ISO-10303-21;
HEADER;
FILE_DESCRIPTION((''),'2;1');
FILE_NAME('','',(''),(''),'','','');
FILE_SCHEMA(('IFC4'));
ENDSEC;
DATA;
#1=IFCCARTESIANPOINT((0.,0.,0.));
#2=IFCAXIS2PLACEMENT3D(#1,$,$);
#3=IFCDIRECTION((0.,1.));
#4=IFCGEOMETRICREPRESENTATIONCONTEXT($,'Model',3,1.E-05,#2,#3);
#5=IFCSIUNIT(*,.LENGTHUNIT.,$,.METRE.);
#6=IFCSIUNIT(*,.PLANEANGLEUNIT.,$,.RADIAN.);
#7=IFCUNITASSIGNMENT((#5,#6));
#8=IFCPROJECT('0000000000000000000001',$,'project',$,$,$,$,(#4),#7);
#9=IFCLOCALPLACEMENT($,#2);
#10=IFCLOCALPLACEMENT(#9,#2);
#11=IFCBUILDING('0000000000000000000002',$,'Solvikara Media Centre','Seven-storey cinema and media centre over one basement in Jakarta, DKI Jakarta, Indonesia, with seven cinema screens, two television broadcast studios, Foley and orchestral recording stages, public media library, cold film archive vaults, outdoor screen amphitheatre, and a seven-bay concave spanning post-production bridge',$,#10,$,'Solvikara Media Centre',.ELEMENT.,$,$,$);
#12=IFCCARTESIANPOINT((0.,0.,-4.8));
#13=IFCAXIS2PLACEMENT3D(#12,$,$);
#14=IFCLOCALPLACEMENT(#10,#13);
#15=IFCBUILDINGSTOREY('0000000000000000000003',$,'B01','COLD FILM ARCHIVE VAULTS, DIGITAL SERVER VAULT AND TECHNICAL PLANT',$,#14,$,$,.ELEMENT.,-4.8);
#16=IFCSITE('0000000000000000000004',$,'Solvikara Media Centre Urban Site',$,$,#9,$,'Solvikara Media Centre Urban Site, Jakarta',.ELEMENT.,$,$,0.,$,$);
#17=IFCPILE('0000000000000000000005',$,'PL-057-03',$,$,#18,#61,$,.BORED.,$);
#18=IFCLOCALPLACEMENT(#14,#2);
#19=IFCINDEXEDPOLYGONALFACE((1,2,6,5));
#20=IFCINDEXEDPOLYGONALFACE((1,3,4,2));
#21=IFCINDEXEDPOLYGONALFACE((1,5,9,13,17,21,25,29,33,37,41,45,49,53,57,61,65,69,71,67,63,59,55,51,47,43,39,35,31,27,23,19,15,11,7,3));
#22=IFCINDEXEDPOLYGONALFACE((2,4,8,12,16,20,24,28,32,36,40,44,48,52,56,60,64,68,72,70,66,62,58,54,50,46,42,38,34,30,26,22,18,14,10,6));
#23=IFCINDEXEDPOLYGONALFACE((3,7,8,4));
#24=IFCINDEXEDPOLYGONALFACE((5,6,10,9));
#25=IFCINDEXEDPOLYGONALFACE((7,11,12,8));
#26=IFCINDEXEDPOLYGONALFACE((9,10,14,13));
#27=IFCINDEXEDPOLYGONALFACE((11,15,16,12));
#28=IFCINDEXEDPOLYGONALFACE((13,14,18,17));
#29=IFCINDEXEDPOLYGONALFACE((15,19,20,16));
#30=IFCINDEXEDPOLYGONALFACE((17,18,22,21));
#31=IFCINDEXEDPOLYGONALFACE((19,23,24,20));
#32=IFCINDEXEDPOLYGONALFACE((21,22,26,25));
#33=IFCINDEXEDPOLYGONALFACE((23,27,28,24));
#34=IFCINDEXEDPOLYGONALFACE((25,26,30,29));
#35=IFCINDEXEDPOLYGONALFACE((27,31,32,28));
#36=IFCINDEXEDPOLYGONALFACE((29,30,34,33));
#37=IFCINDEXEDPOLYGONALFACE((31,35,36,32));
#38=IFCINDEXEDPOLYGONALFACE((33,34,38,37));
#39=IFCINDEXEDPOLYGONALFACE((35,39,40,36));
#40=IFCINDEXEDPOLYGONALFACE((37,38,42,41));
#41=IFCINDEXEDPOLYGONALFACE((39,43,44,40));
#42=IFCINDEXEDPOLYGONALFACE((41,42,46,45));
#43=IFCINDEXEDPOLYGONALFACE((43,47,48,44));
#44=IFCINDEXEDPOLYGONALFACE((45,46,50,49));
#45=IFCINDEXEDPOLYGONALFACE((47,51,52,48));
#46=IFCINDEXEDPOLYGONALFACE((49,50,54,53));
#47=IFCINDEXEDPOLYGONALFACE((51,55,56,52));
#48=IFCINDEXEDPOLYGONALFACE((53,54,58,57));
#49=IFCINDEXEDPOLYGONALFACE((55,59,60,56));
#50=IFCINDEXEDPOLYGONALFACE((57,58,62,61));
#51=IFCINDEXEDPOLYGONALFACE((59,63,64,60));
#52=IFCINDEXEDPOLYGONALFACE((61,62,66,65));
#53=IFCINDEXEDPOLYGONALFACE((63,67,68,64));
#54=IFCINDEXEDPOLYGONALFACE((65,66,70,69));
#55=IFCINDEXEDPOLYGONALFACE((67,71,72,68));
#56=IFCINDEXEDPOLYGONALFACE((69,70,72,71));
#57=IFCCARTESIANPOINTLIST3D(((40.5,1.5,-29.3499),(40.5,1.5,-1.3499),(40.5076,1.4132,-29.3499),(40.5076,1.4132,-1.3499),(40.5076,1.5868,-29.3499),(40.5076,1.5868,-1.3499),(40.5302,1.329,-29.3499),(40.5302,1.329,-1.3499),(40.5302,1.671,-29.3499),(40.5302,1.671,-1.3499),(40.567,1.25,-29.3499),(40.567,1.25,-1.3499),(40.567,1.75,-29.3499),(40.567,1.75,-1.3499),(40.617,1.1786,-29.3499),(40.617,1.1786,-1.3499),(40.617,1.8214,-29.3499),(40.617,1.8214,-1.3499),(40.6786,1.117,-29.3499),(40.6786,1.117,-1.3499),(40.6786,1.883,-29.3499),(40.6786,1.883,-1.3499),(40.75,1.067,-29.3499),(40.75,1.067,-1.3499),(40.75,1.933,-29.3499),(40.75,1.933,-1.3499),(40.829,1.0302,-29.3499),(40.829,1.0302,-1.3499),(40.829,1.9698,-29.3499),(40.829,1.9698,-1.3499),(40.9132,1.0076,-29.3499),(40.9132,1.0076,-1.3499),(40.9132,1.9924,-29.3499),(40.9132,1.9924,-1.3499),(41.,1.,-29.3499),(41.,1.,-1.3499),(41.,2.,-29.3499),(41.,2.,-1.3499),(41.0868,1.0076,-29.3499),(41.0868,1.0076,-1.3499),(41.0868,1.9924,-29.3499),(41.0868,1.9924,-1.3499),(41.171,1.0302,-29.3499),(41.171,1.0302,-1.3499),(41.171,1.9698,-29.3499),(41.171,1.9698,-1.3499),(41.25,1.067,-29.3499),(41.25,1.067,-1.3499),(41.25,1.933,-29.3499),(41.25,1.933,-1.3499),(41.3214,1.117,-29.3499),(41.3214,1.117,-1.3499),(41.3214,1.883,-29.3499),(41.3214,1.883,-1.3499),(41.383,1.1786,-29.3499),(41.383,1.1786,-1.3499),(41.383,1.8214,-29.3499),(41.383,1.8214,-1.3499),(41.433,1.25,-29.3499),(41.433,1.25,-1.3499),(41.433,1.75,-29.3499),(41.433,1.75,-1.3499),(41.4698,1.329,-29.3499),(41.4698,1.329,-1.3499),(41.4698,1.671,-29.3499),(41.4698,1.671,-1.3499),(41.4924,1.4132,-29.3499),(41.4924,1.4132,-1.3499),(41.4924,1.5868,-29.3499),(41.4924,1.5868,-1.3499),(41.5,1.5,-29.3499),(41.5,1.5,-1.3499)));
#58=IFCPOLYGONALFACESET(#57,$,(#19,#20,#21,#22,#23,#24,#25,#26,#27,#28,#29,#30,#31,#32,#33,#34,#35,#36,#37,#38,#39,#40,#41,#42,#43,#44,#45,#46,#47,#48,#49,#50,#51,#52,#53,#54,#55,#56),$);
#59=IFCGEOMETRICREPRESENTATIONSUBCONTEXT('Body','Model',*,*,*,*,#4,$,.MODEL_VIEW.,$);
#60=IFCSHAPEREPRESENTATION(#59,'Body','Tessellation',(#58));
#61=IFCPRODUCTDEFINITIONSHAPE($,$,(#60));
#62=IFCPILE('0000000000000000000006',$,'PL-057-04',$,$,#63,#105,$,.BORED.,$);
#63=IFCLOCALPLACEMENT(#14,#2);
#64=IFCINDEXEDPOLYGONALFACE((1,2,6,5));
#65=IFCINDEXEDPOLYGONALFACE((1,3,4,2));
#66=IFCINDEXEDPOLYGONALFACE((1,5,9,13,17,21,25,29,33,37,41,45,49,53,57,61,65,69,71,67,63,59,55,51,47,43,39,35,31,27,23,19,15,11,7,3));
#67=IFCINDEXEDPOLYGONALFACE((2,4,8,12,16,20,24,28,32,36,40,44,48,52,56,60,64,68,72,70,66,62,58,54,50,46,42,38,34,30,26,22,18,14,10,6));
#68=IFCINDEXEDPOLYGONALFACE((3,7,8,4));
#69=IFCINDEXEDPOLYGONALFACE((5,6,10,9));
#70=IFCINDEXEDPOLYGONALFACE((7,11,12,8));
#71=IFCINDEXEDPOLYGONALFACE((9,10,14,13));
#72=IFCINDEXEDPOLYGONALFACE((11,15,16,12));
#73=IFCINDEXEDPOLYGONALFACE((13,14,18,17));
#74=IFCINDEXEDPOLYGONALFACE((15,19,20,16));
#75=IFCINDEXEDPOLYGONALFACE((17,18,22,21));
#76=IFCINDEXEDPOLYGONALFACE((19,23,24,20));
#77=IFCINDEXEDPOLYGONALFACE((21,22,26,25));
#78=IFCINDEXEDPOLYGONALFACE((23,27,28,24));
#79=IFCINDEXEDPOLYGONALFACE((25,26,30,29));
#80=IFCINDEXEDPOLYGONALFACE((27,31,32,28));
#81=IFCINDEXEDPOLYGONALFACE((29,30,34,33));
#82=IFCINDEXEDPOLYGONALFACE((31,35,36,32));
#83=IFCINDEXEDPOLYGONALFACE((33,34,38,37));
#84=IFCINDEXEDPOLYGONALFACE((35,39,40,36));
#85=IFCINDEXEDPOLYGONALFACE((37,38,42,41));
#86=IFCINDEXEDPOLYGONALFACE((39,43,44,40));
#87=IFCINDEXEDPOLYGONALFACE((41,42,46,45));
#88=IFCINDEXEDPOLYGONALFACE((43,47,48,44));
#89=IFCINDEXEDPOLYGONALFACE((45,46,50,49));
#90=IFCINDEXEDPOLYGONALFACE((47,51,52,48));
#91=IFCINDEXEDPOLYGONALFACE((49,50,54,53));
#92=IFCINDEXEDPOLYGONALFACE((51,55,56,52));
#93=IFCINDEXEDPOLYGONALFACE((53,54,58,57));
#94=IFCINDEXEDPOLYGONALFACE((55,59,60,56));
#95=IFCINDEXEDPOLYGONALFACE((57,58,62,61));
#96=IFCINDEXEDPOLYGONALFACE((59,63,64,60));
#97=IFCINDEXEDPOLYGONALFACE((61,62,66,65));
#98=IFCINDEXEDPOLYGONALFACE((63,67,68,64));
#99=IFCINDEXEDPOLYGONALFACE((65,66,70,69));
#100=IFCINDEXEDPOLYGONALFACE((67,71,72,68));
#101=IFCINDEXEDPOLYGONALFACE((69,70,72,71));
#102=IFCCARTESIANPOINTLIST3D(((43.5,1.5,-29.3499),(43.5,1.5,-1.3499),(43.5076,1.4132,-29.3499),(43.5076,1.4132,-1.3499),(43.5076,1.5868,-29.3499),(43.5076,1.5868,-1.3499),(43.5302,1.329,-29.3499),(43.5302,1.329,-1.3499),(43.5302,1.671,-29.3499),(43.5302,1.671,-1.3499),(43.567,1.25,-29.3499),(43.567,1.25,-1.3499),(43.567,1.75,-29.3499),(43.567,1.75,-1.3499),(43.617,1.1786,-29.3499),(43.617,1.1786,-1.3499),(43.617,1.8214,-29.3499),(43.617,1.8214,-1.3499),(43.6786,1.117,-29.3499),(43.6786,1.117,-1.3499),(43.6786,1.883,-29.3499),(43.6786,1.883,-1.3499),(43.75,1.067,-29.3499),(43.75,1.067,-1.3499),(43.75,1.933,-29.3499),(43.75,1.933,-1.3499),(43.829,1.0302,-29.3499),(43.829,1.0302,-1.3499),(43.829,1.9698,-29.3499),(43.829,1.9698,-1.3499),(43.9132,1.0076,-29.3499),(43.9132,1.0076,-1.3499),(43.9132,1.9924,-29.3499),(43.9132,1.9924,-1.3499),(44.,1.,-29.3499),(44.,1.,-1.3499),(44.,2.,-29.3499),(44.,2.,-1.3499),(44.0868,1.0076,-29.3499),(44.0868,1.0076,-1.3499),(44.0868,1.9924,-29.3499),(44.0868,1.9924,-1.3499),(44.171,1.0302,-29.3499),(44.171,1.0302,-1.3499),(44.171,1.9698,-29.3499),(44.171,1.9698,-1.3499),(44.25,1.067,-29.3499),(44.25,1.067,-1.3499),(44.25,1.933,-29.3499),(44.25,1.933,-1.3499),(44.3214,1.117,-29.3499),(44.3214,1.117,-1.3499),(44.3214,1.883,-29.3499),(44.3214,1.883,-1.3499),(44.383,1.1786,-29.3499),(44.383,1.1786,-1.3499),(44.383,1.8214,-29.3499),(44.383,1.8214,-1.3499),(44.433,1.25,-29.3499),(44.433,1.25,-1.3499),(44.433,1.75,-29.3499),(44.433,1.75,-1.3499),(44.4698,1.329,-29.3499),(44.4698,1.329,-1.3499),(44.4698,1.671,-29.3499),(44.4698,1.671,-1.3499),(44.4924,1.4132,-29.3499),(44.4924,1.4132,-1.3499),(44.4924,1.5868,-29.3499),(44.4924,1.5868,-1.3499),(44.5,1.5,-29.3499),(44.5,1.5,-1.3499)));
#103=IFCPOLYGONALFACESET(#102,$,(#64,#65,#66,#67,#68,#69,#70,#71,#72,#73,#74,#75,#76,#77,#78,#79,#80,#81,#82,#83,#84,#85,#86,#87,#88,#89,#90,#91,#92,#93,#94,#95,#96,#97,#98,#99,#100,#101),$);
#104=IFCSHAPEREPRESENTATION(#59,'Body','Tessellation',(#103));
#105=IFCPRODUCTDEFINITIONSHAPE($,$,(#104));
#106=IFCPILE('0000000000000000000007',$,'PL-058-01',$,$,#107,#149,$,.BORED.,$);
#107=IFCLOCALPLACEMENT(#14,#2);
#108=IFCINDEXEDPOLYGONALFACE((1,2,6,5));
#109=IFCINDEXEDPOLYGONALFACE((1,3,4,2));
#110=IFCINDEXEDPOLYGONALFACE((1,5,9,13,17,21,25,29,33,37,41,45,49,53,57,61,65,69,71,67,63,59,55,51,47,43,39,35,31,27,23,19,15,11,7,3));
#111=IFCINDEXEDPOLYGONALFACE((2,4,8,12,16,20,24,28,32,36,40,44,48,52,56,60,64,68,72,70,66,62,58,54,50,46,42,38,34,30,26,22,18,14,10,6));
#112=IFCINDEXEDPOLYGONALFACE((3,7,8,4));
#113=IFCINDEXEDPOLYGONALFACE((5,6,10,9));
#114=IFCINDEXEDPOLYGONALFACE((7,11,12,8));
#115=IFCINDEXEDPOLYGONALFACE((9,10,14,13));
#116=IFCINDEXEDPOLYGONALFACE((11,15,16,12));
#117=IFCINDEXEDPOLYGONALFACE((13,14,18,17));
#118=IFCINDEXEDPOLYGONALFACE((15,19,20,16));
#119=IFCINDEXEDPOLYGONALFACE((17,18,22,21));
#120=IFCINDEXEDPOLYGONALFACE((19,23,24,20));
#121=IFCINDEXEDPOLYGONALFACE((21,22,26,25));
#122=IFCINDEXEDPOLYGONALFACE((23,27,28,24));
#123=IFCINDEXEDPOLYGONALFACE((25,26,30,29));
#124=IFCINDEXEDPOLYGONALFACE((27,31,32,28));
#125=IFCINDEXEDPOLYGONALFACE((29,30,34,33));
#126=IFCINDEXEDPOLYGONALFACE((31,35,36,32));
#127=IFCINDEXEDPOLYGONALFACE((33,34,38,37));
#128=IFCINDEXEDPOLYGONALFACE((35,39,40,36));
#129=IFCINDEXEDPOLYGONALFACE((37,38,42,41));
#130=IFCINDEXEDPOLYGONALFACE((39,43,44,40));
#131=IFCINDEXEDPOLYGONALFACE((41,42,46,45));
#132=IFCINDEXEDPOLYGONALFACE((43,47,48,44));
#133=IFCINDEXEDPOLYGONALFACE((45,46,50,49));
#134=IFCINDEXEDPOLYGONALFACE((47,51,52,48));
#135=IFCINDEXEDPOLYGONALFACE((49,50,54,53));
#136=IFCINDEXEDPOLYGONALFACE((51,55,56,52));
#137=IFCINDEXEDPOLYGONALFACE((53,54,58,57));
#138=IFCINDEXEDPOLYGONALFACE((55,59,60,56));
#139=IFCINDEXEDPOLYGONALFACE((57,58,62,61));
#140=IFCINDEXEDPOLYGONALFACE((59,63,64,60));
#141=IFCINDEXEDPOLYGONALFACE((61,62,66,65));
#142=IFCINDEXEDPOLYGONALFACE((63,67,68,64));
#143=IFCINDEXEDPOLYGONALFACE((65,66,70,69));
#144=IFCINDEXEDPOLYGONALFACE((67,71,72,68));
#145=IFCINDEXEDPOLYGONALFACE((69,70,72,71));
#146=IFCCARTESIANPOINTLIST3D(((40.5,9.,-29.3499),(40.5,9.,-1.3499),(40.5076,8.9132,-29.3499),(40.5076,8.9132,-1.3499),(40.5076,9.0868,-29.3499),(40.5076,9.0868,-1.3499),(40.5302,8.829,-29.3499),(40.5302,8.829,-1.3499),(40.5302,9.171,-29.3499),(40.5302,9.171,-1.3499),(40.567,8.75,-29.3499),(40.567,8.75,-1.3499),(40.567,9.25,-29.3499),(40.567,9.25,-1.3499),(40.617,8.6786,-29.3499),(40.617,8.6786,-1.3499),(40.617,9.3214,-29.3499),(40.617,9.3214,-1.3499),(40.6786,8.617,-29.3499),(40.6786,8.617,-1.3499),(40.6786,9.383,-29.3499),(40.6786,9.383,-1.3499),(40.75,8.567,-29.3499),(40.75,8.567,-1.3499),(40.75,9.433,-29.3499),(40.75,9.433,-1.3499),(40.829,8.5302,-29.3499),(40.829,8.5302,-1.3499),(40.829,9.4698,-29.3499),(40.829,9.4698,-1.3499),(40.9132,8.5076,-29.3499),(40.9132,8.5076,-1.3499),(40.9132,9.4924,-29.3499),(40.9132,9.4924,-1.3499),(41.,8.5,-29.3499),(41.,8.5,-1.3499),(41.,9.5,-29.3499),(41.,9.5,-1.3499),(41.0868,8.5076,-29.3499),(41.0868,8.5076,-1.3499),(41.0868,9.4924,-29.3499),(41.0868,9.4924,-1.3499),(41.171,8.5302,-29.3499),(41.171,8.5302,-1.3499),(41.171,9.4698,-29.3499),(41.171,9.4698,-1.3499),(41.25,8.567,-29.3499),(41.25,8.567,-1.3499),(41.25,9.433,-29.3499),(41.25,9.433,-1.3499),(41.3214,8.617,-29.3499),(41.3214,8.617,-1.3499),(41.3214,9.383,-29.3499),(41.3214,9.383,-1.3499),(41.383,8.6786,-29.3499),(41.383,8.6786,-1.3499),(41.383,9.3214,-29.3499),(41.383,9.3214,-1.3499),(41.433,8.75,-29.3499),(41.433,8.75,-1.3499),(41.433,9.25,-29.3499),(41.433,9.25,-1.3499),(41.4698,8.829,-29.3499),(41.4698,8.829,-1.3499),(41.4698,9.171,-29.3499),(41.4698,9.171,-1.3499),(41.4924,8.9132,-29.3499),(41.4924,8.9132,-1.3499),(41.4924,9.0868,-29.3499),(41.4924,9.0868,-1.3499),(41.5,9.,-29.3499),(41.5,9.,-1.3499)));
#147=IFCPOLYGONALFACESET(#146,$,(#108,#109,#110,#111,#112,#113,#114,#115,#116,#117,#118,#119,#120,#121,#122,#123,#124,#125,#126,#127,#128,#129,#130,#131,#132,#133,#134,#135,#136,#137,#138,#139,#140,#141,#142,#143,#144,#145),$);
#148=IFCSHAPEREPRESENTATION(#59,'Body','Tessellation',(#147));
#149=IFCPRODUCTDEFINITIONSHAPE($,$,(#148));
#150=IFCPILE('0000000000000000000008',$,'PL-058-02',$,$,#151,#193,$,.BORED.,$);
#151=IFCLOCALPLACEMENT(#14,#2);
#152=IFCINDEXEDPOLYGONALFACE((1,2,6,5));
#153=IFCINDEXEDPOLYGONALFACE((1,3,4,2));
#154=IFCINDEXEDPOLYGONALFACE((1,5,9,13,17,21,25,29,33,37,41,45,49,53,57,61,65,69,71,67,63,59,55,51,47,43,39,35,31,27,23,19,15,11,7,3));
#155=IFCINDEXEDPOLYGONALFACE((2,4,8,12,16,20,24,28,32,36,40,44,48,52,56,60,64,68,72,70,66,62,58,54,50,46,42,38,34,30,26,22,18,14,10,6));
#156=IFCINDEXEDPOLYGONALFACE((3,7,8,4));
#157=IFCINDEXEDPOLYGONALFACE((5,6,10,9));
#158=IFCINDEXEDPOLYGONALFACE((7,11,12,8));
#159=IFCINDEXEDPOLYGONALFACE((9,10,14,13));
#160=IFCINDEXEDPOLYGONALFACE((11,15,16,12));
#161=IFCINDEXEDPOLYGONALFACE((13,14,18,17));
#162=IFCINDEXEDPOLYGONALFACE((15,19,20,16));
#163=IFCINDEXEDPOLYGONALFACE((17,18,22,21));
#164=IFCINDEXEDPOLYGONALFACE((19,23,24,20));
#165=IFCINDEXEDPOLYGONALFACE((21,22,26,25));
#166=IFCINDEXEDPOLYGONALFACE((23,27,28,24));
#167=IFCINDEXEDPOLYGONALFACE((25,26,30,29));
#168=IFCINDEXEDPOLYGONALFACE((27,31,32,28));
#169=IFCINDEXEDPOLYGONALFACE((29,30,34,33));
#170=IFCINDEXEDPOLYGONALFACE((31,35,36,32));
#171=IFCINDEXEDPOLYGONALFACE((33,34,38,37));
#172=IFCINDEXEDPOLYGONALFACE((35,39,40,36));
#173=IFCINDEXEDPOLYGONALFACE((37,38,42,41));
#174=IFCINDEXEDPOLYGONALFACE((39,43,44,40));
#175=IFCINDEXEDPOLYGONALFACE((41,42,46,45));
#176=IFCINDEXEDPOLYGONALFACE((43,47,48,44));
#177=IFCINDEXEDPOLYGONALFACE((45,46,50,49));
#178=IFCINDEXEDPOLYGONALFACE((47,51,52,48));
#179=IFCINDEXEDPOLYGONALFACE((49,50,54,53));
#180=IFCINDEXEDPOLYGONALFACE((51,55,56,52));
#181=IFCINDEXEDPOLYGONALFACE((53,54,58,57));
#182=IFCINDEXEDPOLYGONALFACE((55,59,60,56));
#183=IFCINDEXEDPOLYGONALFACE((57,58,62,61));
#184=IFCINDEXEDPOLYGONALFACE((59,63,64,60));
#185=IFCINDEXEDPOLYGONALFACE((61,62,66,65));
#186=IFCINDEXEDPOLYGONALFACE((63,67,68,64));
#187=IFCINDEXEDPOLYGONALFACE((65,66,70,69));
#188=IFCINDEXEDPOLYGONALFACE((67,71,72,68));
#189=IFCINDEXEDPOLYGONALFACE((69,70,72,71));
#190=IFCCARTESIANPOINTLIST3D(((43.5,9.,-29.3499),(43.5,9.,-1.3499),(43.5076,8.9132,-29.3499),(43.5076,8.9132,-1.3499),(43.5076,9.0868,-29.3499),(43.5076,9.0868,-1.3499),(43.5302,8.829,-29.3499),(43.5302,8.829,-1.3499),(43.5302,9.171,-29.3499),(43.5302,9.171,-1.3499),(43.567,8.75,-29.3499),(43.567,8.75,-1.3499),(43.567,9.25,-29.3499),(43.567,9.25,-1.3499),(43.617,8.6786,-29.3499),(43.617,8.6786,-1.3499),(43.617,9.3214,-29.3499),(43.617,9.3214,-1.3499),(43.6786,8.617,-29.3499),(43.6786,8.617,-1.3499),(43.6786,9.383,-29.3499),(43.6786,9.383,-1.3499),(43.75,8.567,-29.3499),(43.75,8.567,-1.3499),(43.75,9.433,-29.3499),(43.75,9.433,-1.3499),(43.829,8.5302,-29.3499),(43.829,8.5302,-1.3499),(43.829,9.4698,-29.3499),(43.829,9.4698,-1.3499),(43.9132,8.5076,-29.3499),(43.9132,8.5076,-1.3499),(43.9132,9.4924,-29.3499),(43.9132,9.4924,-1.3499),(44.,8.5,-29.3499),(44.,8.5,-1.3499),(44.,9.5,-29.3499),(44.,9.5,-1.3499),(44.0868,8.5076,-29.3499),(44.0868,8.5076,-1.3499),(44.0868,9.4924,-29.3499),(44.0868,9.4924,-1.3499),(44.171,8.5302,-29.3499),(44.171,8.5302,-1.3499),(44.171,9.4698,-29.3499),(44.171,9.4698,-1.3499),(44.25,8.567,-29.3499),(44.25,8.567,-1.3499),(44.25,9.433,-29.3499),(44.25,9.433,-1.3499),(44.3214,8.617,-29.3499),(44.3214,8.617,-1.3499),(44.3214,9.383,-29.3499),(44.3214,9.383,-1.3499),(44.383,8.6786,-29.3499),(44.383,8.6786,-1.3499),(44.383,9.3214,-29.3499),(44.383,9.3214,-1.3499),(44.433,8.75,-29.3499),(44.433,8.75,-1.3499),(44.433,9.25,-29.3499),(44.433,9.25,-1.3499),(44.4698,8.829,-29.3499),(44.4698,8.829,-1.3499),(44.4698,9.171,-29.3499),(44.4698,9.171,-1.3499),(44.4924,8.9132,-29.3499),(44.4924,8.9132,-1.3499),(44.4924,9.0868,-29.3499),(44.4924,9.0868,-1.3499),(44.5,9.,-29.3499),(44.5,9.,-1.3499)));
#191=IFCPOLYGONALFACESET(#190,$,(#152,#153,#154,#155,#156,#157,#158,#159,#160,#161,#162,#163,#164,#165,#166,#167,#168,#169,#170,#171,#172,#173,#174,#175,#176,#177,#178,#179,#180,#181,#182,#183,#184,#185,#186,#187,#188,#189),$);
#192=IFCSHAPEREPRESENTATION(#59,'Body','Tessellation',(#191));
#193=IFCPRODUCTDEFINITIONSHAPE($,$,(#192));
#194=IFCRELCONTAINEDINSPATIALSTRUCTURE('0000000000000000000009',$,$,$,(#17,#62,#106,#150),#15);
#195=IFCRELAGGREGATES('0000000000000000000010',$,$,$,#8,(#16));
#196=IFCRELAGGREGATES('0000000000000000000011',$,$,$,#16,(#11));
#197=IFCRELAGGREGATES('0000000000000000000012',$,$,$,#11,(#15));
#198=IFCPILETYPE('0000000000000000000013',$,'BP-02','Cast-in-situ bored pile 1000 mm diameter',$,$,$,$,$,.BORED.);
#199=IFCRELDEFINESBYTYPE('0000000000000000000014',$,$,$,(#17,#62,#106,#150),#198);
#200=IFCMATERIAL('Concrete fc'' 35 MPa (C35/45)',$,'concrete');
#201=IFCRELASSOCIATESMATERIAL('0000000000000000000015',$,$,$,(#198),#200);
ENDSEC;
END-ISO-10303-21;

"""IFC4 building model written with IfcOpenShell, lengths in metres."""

from ifc_helpers import new_model, si_unit, direction, frame, origin, origin_2d, place, context, subcontext, project, spatial, circle, extrude, material, material_profile, profile_set, type_object, element, save


model = new_model("IFC4")

# Units and contexts
model_context = context("Model", 3, precision=1e-05, world=origin(), true_north=direction((0.0, 1.0)))
body_context = subcontext(model_context, "Body", "Model", "MODEL_VIEW")
ifc_project = project(units=[si_unit("LENGTHUNIT", "METRE"), si_unit("PLANEANGLEUNIT", "RADIAN")], contexts=[model_context])

# Site, building, storey
site_placement = place(None, origin())
site = spatial("IfcSite", under=ifc_project, at=site_placement, Name="Solvikara Media Centre Urban Site", LongName="Solvikara Media Centre Urban Site, Jakarta", CompositionType="ELEMENT", RefElevation=0.0)
building_placement = place(site_placement, origin())
building = spatial("IfcBuilding", under=site, at=building_placement, Name="Solvikara Media Centre", Description="Seven-storey cinema and media centre over one basement in Jakarta, DKI Jakarta, Indonesia, with seven cinema screens, two television broadcast studios, Foley and orchestral recording stages, public media library, cold film archive vaults, outdoor screen amphitheatre, and a seven-bay concave spanning post-production bridge", LongName="Solvikara Media Centre", CompositionType="ELEMENT")
storey_placement = place(building_placement, frame((0.0, 0.0, -4.8)))
storey = spatial("IfcBuildingStorey", under=building, at=storey_placement, Name="B01", Description="COLD FILM ARCHIVE VAULTS, DIGITAL SERVER VAULT AND TECHNICAL PLANT", CompositionType="ELEMENT", Elevation=-4.8)

# Piles
ifc_material_1 = material(Name="Concrete fc' 35 MPa (C35/45)", Category="concrete")
ifc_material_profile_1 = material_profile(ifc_material_1, circle(Radius=0.5, at=origin_2d()), Name="BORED PILE D1000")
ifc_profile_set_1 = profile_set([ifc_material_profile_1], Name="Concrete fc' 35 MPa (C35/45)")
pile_type = type_object("IfcPileType", Name="BP-02", Description="Cast-in-situ bored pile 1000 mm diameter", PredefinedType="BORED", material=ifc_profile_set_1)
for number, where, z_axis, x_axis, name in (
    (1, (41.0, 1.5, -1.3499), (0.0, 0.0, -1.0), (1.0, 0.0, 0.0), "PL-057-03"),
    (2, (44.0, 1.5, -1.3499), (0.0, 0.0, -1.0), (1.0, 0.0, 0.0), "PL-057-04"),
    (3, (41.0, 9.0, -1.3499), (0.0, 0.0, -1.0), (1.0, 0.0, 0.0), "PL-058-01"),
    (4, (44.0, 9.0, -1.3499), (0.0, 0.0, -1.0), (1.0, 0.0, 0.0), "PL-058-02"),
):
    element("IfcPile", number, at=place(storey_placement, frame(where, z_axis=z_axis, x_axis=x_axis)), inside=storey, type_object=pile_type, Name=name, PredefinedType="BORED", context=body_context, shape_type="SweptSolid", body=[
        extrude(circle(Radius=0.5, at=origin_2d()), origin(), (0.0, 0.0, 1.0), 28.0),
    ])

save(model, "model.ifc")
